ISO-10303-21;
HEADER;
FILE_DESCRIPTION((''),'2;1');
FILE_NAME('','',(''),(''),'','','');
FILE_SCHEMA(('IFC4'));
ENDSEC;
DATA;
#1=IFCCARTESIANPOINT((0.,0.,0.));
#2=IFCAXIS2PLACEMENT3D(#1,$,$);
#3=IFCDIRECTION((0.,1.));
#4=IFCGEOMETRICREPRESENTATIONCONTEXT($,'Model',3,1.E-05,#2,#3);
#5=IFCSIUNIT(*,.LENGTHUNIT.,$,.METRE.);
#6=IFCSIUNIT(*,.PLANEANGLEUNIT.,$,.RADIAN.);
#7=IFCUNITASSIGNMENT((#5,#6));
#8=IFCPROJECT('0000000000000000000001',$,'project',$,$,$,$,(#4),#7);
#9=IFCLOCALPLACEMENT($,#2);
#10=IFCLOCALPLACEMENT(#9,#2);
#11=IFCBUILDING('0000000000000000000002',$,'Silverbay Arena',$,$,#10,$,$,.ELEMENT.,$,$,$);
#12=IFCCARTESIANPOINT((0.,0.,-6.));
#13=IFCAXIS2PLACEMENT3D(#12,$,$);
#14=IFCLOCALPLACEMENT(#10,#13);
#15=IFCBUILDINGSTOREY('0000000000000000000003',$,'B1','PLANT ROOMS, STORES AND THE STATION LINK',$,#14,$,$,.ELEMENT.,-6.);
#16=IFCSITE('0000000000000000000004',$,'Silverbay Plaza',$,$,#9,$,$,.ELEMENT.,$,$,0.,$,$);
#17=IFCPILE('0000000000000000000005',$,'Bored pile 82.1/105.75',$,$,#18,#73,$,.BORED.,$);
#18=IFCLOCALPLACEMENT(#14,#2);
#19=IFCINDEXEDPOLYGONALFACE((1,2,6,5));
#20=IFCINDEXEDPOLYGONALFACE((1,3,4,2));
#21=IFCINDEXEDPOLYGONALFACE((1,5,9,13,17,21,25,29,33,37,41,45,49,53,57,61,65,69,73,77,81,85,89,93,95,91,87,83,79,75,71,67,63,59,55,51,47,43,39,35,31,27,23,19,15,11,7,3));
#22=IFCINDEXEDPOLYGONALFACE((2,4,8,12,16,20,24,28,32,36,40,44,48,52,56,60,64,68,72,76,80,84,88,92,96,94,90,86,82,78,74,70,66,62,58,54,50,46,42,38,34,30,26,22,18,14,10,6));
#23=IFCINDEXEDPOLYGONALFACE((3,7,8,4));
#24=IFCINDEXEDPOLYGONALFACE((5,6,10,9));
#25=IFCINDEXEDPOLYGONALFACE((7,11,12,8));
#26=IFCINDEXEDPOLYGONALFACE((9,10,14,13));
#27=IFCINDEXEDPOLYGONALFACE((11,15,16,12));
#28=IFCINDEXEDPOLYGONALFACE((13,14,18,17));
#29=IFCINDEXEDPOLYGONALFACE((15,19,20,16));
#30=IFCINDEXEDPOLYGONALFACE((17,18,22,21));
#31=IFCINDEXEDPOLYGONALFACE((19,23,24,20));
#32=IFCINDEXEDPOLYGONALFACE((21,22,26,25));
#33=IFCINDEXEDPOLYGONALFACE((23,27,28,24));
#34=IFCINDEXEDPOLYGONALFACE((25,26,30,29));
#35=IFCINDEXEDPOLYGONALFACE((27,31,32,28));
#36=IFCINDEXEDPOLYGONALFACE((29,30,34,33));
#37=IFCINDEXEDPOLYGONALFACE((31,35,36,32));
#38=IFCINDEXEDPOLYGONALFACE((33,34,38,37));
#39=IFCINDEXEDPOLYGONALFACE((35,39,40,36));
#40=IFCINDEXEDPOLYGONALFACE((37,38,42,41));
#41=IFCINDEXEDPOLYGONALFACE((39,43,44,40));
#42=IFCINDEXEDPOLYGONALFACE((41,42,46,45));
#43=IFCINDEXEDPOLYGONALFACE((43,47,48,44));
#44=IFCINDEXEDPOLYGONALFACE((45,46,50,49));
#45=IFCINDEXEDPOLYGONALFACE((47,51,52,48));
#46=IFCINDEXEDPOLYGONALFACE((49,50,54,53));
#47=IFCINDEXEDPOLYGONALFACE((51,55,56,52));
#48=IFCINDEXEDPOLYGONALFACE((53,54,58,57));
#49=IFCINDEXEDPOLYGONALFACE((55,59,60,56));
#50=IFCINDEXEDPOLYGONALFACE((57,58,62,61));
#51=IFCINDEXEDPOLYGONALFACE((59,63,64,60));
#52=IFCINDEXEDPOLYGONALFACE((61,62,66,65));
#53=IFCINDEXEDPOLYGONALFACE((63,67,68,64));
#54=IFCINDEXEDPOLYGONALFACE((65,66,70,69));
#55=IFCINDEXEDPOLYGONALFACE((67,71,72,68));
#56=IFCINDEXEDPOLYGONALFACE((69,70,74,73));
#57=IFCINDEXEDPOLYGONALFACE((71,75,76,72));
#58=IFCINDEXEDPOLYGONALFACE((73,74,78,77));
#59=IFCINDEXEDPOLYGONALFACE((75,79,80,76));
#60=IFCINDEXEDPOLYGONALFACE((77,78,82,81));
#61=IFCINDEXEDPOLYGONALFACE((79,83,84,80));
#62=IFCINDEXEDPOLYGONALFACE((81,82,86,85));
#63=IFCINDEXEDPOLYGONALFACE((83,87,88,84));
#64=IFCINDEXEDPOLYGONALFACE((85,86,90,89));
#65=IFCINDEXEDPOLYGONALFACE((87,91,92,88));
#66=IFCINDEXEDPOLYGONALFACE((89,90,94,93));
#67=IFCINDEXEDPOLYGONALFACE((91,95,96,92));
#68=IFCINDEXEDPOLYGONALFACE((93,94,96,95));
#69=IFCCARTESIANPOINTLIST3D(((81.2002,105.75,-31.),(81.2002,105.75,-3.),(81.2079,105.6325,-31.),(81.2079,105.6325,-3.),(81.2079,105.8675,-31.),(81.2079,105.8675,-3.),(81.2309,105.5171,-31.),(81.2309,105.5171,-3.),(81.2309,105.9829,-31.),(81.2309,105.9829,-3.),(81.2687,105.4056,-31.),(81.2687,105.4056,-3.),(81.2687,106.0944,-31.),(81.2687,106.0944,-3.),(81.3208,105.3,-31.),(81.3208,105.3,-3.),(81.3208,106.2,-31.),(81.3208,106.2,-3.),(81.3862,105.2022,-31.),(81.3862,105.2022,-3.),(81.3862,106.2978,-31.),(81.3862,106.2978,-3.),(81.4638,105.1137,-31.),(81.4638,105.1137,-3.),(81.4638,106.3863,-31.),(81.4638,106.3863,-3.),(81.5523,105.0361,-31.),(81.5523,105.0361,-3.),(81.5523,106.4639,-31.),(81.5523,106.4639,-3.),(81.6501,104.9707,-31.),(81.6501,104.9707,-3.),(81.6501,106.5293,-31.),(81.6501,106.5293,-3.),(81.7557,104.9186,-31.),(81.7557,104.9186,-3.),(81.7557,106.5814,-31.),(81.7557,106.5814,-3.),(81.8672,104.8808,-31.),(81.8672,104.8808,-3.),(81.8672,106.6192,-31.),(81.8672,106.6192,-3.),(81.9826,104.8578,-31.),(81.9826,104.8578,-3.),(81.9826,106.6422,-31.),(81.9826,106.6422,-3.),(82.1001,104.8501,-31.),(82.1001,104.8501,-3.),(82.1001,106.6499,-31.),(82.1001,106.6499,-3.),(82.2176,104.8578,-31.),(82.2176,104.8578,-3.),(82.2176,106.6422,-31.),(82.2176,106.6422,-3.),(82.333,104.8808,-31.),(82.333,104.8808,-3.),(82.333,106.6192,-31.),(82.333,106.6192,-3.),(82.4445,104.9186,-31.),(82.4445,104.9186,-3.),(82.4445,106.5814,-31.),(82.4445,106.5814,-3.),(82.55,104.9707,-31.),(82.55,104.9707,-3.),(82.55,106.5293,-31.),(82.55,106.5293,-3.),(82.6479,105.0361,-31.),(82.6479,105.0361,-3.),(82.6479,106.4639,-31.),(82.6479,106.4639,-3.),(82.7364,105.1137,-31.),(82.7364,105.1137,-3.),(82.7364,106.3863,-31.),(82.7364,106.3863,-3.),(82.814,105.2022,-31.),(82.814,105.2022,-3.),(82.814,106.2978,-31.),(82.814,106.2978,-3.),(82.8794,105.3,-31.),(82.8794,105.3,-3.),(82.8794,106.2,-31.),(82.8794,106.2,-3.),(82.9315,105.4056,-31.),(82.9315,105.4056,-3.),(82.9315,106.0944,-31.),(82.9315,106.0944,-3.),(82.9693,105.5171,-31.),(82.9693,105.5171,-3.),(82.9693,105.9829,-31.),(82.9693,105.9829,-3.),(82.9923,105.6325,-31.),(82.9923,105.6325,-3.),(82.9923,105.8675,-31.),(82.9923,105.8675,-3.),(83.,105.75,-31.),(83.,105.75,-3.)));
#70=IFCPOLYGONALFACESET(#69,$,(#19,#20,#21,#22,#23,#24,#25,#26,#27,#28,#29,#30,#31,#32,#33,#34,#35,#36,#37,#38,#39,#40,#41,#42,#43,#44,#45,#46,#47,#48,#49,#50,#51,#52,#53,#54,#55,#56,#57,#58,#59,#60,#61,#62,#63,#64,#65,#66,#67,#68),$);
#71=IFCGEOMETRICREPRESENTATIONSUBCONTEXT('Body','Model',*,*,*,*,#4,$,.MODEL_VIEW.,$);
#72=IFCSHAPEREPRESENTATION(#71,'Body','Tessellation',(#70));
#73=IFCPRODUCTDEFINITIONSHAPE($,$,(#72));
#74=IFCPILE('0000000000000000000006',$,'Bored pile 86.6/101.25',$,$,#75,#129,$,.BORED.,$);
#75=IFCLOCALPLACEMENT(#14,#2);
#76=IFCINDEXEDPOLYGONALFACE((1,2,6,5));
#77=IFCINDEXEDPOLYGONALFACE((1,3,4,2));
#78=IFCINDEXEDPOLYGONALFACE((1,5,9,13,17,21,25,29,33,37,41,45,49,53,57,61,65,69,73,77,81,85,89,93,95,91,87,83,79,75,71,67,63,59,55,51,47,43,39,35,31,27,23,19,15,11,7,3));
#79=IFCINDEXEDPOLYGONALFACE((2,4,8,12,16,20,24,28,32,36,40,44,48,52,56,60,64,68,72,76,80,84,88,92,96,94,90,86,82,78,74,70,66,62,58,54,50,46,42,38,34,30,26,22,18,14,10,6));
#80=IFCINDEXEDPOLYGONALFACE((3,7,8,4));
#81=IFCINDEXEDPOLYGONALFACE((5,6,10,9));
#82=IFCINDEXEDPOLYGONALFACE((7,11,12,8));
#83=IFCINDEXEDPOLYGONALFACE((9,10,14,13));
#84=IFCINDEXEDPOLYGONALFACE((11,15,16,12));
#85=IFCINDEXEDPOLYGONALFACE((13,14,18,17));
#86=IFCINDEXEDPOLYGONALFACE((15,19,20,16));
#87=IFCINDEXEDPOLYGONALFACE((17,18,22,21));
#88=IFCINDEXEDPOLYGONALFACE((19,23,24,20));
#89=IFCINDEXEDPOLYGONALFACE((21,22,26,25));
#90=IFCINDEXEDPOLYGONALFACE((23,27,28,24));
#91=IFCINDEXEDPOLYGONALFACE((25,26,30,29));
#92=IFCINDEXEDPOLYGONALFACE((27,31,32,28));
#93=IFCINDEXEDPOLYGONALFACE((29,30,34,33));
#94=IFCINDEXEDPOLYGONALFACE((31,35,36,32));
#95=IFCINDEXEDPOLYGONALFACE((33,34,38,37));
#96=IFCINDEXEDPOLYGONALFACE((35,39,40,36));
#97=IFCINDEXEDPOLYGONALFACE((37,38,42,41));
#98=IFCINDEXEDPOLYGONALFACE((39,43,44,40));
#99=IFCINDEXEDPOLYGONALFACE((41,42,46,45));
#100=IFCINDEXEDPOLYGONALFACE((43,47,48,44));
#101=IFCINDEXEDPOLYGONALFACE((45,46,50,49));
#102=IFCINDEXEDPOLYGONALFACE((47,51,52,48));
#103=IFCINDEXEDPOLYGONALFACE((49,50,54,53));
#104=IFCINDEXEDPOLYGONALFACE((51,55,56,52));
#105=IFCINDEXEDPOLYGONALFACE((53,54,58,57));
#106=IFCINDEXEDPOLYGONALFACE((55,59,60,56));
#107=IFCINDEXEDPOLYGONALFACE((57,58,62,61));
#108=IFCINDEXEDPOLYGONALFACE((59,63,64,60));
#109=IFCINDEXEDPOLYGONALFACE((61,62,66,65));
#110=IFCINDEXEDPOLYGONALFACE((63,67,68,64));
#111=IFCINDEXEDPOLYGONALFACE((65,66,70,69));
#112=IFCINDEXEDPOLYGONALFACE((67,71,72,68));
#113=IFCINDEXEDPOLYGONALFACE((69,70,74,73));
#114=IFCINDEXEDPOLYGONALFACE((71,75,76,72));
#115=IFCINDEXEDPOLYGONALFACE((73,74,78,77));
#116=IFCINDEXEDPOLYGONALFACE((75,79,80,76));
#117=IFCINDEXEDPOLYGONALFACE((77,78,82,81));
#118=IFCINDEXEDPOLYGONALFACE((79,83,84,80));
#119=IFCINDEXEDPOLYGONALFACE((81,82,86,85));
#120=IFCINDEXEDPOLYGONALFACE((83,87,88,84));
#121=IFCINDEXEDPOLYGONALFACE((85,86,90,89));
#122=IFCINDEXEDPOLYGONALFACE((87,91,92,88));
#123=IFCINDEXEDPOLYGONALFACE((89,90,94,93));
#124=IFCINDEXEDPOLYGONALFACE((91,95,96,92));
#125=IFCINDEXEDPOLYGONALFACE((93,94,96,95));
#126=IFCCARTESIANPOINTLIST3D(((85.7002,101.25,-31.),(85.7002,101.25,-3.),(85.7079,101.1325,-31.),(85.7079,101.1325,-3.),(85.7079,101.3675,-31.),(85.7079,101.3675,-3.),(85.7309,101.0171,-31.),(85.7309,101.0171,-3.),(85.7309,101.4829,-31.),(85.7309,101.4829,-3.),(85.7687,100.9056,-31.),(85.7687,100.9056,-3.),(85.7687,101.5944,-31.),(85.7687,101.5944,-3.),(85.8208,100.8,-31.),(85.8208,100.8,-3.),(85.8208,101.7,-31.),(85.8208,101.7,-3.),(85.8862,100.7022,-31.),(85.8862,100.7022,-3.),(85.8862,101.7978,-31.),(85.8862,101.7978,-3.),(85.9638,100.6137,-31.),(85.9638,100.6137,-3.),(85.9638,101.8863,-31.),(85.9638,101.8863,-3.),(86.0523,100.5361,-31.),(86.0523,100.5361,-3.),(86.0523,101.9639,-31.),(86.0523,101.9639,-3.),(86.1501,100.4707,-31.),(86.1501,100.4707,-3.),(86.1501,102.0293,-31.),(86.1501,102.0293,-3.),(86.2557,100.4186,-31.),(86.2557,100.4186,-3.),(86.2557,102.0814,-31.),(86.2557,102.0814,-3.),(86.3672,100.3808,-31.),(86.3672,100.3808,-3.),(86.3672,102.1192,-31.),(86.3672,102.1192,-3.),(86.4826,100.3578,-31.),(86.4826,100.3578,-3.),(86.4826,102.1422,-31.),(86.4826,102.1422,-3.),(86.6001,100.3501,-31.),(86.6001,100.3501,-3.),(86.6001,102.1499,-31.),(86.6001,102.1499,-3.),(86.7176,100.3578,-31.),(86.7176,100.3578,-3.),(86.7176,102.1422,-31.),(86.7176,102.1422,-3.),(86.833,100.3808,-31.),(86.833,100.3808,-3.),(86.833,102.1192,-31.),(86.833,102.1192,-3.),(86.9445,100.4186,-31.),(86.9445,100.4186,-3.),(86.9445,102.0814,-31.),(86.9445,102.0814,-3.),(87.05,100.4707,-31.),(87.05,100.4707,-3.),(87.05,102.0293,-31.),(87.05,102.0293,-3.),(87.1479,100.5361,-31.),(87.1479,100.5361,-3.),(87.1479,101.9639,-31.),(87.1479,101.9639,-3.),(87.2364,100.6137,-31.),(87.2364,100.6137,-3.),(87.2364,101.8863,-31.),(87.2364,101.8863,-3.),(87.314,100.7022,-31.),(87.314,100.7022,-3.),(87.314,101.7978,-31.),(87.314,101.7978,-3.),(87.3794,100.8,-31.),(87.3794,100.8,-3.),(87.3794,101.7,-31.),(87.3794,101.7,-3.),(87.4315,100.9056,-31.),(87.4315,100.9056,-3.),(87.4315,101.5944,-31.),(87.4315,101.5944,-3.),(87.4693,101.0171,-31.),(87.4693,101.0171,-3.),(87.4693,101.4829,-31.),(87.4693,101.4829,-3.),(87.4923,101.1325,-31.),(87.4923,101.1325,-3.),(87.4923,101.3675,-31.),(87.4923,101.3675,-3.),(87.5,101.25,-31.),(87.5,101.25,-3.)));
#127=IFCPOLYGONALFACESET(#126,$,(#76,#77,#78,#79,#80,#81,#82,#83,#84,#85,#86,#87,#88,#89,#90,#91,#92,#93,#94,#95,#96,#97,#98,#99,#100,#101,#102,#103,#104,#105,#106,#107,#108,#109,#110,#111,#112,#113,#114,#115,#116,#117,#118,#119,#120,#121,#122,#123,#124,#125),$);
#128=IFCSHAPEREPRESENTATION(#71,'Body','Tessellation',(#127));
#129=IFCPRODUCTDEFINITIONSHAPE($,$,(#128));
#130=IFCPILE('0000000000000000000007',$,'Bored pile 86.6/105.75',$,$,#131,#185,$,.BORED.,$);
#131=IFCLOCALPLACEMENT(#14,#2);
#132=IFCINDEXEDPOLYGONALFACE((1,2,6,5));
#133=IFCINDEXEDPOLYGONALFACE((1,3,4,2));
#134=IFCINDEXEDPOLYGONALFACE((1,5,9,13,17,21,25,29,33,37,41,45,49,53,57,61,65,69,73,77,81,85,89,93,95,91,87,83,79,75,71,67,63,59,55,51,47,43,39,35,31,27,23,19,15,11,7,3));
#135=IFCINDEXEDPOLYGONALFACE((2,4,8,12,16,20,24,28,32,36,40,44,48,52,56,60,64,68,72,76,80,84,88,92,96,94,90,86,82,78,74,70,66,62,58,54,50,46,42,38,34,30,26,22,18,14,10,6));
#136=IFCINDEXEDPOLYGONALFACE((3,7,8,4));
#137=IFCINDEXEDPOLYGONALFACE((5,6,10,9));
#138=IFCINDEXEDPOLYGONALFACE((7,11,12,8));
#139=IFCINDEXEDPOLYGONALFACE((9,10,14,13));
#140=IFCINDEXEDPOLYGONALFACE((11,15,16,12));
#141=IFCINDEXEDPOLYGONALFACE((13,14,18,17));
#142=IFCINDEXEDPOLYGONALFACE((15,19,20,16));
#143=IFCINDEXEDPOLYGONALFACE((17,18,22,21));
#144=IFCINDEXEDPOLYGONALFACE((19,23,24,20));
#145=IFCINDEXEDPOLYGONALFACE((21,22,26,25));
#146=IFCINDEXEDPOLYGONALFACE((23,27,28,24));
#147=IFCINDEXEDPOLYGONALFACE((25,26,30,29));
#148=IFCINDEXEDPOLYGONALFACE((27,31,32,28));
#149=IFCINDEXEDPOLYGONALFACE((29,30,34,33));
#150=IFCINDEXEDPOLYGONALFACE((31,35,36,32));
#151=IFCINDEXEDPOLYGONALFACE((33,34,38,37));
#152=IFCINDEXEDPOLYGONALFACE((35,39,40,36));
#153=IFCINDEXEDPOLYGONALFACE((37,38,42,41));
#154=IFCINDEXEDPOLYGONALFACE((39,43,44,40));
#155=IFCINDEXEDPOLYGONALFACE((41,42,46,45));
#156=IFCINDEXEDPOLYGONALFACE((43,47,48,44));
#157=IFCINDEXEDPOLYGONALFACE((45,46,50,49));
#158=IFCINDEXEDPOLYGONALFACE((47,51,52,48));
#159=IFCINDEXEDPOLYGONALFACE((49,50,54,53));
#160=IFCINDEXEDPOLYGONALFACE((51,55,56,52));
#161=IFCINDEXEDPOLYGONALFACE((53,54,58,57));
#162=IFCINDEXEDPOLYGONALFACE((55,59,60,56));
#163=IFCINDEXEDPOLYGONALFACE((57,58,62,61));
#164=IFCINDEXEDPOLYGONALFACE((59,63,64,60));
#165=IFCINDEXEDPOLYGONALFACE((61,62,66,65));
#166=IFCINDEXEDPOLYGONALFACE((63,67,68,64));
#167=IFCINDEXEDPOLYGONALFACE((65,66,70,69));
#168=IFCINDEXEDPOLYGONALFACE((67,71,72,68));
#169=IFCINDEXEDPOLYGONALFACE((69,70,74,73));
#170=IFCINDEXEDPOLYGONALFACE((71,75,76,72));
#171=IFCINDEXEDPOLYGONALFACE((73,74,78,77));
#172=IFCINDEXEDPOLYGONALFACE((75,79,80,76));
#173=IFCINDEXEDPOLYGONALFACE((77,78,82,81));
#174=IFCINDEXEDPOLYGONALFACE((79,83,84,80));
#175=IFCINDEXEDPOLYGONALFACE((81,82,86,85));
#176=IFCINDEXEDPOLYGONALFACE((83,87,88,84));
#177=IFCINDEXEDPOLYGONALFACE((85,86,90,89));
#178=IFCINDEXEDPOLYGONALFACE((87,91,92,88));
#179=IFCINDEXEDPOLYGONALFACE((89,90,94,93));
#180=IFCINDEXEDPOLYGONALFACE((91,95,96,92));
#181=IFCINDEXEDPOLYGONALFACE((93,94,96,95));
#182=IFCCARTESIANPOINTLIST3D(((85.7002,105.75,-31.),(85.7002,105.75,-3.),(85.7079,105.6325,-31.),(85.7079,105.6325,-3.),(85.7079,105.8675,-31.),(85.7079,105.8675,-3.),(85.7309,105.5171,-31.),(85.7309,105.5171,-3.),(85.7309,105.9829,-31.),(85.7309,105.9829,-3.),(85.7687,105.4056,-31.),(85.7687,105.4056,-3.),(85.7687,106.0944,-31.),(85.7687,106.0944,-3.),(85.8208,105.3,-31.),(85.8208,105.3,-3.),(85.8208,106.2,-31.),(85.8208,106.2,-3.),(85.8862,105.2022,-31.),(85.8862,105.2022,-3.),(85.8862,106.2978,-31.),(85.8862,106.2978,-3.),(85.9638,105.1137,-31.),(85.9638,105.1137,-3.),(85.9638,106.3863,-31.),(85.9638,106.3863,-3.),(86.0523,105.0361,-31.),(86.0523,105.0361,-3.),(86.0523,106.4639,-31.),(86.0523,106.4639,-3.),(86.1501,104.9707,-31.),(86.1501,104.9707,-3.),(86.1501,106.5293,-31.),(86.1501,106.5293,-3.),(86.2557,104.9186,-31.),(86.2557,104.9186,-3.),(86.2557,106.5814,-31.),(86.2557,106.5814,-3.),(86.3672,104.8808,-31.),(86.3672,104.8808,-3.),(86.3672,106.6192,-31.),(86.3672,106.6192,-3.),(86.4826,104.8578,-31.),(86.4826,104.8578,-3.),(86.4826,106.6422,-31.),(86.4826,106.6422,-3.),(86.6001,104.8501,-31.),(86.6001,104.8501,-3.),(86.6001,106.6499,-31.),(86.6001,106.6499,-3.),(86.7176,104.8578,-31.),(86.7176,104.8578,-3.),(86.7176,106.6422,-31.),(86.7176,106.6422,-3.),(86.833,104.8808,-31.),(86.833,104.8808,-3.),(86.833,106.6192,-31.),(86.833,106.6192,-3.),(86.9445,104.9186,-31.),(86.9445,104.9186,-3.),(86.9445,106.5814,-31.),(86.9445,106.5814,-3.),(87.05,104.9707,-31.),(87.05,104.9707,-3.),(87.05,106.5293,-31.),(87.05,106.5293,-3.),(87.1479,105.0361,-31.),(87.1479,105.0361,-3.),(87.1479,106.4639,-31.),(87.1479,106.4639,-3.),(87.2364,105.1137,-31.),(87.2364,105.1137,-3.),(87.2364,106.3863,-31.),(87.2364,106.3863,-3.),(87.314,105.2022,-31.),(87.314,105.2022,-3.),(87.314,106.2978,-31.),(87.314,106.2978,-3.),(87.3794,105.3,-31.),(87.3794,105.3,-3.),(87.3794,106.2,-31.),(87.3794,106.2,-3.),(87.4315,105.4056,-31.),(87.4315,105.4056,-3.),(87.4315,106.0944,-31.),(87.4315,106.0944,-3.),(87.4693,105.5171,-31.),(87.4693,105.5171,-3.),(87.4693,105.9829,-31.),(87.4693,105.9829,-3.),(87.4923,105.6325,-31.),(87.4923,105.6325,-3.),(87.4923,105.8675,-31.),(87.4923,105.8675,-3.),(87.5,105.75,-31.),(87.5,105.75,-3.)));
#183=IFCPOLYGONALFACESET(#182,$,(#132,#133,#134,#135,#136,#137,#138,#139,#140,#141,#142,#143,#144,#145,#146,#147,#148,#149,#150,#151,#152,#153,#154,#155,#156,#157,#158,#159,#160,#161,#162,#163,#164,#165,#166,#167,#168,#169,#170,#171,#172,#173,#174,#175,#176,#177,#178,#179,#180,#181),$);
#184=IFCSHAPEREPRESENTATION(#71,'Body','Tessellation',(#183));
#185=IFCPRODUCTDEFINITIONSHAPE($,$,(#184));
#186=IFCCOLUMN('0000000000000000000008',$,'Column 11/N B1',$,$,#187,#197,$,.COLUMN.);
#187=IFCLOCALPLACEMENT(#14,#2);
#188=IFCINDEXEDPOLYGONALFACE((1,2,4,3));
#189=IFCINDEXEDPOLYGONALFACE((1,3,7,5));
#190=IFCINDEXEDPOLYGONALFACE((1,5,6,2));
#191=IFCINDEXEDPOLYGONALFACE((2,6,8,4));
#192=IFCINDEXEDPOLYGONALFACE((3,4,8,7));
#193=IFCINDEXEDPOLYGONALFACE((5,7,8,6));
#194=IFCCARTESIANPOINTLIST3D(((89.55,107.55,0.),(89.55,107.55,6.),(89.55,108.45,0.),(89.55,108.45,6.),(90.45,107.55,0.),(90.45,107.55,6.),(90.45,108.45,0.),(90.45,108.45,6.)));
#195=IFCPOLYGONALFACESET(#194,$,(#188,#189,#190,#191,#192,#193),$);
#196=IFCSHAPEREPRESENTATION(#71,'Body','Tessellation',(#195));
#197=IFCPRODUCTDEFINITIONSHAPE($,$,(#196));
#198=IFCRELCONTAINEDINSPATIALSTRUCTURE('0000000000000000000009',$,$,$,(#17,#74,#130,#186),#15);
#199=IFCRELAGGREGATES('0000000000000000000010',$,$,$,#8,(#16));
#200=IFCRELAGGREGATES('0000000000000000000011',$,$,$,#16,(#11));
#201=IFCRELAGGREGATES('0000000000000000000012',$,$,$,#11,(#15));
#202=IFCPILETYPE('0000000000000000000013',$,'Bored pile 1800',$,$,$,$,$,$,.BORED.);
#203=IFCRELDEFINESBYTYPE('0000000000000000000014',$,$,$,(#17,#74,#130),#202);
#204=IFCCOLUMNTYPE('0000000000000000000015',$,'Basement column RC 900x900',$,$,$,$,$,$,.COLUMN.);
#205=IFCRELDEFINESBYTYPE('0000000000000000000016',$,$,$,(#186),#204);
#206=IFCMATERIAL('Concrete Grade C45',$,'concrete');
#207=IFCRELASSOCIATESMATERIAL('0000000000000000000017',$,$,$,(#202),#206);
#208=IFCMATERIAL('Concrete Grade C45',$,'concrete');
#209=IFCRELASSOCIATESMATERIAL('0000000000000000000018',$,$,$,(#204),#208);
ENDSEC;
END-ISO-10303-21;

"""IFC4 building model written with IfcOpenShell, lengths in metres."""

from ifc_helpers import new_model, si_unit, direction, frame, origin, origin_2d, place, context, subcontext, project, spatial, rectangle, circle, extrude, material, material_profile, profile_set, type_object, element, save


model = new_model("IFC4")

# Units and contexts
model_context = context("Model", 3, precision=1e-05, world=origin(), true_north=direction((0.0, 1.0)))
body_context = subcontext(model_context, "Body", "Model", "MODEL_VIEW")
ifc_project = project(units=[si_unit("LENGTHUNIT", "METRE"), si_unit("PLANEANGLEUNIT", "RADIAN")], contexts=[model_context])

# Site, building, storey
site_placement = place(None, origin())
site = spatial("IfcSite", under=ifc_project, at=site_placement, Name="Silverbay Plaza", CompositionType="ELEMENT", RefElevation=0.0)
building_placement = place(site_placement, origin())
building = spatial("IfcBuilding", under=site, at=building_placement, Name="Silverbay Arena", CompositionType="ELEMENT")
storey_placement = place(building_placement, frame((0.0, 0.0, -6.0)))
storey = spatial("IfcBuildingStorey", under=building, at=storey_placement, Name="B1", Description="PLANT ROOMS, STORES AND THE STATION LINK", CompositionType="ELEMENT", Elevation=-6.0)

# Piles
ifc_material_1 = material(Name="Concrete Grade C45", Category="concrete")
ifc_material_profile_1 = material_profile(ifc_material_1, circle(Radius=0.8999, at=origin_2d()), Name="Bored pile 1800")
ifc_profile_set_1 = profile_set([ifc_material_profile_1], Name="Concrete Grade C45")
pile_type_1 = type_object("IfcPileType", Name="Bored pile 1800", PredefinedType="BORED", material=ifc_profile_set_1)
for number, where, z_axis, x_axis, name in (
    (1, (82.1001, 105.75, -3.0), (0.0, 0.0, -1.0), (1.0, 0.0, 0.0), "Bored pile 82.1/105.75"),
    (2, (86.6001, 101.25, -3.0), (0.0, 0.0, -1.0), (1.0, 0.0, 0.0), "Bored pile 86.6/101.25"),
    (3, (86.6001, 105.75, -3.0), (0.0, 0.0, -1.0), (1.0, 0.0, 0.0), "Bored pile 86.6/105.75"),
):
    element("IfcPile", number, at=place(storey_placement, frame(where, z_axis=z_axis, x_axis=x_axis)), inside=storey, type_object=pile_type_1, Name=name, PredefinedType="BORED", context=body_context, shape_type="SweptSolid", body=[
        extrude(circle(Radius=0.8999, at=origin_2d()), origin(), (0.0, 0.0, 1.0), 28.0),
    ])

# Column
ifc_material_2 = material(Name="Concrete Grade C45", Category="concrete")
ifc_material_profile_2 = material_profile(ifc_material_2, rectangle(XDim=0.8999, YDim=0.8999, at=origin_2d()), Name="RC 900x900")
ifc_profile_set_2 = profile_set([ifc_material_profile_2], Name="Concrete Grade C45")
column_type = type_object("IfcColumnType", Name="Basement column RC 900x900", PredefinedType="COLUMN", material=ifc_profile_set_2)
column_placement = place(storey_placement, frame((90.0, 108.0, 0.0), z_axis=(0.0, 0.0, 1.0), x_axis=(1.0, 0.0, 0.0)))
element("IfcColumn", 4, at=column_placement, inside=storey, type_object=column_type, Name="Column 11/N B1", PredefinedType="COLUMN", context=body_context, shape_type="SweptSolid", body=[
    extrude(rectangle(XDim=0.8999, YDim=0.8999, at=origin_2d()), origin(), (0.0, 0.0, 1.0), 6.0),
])

save(model, "model.ifc")
